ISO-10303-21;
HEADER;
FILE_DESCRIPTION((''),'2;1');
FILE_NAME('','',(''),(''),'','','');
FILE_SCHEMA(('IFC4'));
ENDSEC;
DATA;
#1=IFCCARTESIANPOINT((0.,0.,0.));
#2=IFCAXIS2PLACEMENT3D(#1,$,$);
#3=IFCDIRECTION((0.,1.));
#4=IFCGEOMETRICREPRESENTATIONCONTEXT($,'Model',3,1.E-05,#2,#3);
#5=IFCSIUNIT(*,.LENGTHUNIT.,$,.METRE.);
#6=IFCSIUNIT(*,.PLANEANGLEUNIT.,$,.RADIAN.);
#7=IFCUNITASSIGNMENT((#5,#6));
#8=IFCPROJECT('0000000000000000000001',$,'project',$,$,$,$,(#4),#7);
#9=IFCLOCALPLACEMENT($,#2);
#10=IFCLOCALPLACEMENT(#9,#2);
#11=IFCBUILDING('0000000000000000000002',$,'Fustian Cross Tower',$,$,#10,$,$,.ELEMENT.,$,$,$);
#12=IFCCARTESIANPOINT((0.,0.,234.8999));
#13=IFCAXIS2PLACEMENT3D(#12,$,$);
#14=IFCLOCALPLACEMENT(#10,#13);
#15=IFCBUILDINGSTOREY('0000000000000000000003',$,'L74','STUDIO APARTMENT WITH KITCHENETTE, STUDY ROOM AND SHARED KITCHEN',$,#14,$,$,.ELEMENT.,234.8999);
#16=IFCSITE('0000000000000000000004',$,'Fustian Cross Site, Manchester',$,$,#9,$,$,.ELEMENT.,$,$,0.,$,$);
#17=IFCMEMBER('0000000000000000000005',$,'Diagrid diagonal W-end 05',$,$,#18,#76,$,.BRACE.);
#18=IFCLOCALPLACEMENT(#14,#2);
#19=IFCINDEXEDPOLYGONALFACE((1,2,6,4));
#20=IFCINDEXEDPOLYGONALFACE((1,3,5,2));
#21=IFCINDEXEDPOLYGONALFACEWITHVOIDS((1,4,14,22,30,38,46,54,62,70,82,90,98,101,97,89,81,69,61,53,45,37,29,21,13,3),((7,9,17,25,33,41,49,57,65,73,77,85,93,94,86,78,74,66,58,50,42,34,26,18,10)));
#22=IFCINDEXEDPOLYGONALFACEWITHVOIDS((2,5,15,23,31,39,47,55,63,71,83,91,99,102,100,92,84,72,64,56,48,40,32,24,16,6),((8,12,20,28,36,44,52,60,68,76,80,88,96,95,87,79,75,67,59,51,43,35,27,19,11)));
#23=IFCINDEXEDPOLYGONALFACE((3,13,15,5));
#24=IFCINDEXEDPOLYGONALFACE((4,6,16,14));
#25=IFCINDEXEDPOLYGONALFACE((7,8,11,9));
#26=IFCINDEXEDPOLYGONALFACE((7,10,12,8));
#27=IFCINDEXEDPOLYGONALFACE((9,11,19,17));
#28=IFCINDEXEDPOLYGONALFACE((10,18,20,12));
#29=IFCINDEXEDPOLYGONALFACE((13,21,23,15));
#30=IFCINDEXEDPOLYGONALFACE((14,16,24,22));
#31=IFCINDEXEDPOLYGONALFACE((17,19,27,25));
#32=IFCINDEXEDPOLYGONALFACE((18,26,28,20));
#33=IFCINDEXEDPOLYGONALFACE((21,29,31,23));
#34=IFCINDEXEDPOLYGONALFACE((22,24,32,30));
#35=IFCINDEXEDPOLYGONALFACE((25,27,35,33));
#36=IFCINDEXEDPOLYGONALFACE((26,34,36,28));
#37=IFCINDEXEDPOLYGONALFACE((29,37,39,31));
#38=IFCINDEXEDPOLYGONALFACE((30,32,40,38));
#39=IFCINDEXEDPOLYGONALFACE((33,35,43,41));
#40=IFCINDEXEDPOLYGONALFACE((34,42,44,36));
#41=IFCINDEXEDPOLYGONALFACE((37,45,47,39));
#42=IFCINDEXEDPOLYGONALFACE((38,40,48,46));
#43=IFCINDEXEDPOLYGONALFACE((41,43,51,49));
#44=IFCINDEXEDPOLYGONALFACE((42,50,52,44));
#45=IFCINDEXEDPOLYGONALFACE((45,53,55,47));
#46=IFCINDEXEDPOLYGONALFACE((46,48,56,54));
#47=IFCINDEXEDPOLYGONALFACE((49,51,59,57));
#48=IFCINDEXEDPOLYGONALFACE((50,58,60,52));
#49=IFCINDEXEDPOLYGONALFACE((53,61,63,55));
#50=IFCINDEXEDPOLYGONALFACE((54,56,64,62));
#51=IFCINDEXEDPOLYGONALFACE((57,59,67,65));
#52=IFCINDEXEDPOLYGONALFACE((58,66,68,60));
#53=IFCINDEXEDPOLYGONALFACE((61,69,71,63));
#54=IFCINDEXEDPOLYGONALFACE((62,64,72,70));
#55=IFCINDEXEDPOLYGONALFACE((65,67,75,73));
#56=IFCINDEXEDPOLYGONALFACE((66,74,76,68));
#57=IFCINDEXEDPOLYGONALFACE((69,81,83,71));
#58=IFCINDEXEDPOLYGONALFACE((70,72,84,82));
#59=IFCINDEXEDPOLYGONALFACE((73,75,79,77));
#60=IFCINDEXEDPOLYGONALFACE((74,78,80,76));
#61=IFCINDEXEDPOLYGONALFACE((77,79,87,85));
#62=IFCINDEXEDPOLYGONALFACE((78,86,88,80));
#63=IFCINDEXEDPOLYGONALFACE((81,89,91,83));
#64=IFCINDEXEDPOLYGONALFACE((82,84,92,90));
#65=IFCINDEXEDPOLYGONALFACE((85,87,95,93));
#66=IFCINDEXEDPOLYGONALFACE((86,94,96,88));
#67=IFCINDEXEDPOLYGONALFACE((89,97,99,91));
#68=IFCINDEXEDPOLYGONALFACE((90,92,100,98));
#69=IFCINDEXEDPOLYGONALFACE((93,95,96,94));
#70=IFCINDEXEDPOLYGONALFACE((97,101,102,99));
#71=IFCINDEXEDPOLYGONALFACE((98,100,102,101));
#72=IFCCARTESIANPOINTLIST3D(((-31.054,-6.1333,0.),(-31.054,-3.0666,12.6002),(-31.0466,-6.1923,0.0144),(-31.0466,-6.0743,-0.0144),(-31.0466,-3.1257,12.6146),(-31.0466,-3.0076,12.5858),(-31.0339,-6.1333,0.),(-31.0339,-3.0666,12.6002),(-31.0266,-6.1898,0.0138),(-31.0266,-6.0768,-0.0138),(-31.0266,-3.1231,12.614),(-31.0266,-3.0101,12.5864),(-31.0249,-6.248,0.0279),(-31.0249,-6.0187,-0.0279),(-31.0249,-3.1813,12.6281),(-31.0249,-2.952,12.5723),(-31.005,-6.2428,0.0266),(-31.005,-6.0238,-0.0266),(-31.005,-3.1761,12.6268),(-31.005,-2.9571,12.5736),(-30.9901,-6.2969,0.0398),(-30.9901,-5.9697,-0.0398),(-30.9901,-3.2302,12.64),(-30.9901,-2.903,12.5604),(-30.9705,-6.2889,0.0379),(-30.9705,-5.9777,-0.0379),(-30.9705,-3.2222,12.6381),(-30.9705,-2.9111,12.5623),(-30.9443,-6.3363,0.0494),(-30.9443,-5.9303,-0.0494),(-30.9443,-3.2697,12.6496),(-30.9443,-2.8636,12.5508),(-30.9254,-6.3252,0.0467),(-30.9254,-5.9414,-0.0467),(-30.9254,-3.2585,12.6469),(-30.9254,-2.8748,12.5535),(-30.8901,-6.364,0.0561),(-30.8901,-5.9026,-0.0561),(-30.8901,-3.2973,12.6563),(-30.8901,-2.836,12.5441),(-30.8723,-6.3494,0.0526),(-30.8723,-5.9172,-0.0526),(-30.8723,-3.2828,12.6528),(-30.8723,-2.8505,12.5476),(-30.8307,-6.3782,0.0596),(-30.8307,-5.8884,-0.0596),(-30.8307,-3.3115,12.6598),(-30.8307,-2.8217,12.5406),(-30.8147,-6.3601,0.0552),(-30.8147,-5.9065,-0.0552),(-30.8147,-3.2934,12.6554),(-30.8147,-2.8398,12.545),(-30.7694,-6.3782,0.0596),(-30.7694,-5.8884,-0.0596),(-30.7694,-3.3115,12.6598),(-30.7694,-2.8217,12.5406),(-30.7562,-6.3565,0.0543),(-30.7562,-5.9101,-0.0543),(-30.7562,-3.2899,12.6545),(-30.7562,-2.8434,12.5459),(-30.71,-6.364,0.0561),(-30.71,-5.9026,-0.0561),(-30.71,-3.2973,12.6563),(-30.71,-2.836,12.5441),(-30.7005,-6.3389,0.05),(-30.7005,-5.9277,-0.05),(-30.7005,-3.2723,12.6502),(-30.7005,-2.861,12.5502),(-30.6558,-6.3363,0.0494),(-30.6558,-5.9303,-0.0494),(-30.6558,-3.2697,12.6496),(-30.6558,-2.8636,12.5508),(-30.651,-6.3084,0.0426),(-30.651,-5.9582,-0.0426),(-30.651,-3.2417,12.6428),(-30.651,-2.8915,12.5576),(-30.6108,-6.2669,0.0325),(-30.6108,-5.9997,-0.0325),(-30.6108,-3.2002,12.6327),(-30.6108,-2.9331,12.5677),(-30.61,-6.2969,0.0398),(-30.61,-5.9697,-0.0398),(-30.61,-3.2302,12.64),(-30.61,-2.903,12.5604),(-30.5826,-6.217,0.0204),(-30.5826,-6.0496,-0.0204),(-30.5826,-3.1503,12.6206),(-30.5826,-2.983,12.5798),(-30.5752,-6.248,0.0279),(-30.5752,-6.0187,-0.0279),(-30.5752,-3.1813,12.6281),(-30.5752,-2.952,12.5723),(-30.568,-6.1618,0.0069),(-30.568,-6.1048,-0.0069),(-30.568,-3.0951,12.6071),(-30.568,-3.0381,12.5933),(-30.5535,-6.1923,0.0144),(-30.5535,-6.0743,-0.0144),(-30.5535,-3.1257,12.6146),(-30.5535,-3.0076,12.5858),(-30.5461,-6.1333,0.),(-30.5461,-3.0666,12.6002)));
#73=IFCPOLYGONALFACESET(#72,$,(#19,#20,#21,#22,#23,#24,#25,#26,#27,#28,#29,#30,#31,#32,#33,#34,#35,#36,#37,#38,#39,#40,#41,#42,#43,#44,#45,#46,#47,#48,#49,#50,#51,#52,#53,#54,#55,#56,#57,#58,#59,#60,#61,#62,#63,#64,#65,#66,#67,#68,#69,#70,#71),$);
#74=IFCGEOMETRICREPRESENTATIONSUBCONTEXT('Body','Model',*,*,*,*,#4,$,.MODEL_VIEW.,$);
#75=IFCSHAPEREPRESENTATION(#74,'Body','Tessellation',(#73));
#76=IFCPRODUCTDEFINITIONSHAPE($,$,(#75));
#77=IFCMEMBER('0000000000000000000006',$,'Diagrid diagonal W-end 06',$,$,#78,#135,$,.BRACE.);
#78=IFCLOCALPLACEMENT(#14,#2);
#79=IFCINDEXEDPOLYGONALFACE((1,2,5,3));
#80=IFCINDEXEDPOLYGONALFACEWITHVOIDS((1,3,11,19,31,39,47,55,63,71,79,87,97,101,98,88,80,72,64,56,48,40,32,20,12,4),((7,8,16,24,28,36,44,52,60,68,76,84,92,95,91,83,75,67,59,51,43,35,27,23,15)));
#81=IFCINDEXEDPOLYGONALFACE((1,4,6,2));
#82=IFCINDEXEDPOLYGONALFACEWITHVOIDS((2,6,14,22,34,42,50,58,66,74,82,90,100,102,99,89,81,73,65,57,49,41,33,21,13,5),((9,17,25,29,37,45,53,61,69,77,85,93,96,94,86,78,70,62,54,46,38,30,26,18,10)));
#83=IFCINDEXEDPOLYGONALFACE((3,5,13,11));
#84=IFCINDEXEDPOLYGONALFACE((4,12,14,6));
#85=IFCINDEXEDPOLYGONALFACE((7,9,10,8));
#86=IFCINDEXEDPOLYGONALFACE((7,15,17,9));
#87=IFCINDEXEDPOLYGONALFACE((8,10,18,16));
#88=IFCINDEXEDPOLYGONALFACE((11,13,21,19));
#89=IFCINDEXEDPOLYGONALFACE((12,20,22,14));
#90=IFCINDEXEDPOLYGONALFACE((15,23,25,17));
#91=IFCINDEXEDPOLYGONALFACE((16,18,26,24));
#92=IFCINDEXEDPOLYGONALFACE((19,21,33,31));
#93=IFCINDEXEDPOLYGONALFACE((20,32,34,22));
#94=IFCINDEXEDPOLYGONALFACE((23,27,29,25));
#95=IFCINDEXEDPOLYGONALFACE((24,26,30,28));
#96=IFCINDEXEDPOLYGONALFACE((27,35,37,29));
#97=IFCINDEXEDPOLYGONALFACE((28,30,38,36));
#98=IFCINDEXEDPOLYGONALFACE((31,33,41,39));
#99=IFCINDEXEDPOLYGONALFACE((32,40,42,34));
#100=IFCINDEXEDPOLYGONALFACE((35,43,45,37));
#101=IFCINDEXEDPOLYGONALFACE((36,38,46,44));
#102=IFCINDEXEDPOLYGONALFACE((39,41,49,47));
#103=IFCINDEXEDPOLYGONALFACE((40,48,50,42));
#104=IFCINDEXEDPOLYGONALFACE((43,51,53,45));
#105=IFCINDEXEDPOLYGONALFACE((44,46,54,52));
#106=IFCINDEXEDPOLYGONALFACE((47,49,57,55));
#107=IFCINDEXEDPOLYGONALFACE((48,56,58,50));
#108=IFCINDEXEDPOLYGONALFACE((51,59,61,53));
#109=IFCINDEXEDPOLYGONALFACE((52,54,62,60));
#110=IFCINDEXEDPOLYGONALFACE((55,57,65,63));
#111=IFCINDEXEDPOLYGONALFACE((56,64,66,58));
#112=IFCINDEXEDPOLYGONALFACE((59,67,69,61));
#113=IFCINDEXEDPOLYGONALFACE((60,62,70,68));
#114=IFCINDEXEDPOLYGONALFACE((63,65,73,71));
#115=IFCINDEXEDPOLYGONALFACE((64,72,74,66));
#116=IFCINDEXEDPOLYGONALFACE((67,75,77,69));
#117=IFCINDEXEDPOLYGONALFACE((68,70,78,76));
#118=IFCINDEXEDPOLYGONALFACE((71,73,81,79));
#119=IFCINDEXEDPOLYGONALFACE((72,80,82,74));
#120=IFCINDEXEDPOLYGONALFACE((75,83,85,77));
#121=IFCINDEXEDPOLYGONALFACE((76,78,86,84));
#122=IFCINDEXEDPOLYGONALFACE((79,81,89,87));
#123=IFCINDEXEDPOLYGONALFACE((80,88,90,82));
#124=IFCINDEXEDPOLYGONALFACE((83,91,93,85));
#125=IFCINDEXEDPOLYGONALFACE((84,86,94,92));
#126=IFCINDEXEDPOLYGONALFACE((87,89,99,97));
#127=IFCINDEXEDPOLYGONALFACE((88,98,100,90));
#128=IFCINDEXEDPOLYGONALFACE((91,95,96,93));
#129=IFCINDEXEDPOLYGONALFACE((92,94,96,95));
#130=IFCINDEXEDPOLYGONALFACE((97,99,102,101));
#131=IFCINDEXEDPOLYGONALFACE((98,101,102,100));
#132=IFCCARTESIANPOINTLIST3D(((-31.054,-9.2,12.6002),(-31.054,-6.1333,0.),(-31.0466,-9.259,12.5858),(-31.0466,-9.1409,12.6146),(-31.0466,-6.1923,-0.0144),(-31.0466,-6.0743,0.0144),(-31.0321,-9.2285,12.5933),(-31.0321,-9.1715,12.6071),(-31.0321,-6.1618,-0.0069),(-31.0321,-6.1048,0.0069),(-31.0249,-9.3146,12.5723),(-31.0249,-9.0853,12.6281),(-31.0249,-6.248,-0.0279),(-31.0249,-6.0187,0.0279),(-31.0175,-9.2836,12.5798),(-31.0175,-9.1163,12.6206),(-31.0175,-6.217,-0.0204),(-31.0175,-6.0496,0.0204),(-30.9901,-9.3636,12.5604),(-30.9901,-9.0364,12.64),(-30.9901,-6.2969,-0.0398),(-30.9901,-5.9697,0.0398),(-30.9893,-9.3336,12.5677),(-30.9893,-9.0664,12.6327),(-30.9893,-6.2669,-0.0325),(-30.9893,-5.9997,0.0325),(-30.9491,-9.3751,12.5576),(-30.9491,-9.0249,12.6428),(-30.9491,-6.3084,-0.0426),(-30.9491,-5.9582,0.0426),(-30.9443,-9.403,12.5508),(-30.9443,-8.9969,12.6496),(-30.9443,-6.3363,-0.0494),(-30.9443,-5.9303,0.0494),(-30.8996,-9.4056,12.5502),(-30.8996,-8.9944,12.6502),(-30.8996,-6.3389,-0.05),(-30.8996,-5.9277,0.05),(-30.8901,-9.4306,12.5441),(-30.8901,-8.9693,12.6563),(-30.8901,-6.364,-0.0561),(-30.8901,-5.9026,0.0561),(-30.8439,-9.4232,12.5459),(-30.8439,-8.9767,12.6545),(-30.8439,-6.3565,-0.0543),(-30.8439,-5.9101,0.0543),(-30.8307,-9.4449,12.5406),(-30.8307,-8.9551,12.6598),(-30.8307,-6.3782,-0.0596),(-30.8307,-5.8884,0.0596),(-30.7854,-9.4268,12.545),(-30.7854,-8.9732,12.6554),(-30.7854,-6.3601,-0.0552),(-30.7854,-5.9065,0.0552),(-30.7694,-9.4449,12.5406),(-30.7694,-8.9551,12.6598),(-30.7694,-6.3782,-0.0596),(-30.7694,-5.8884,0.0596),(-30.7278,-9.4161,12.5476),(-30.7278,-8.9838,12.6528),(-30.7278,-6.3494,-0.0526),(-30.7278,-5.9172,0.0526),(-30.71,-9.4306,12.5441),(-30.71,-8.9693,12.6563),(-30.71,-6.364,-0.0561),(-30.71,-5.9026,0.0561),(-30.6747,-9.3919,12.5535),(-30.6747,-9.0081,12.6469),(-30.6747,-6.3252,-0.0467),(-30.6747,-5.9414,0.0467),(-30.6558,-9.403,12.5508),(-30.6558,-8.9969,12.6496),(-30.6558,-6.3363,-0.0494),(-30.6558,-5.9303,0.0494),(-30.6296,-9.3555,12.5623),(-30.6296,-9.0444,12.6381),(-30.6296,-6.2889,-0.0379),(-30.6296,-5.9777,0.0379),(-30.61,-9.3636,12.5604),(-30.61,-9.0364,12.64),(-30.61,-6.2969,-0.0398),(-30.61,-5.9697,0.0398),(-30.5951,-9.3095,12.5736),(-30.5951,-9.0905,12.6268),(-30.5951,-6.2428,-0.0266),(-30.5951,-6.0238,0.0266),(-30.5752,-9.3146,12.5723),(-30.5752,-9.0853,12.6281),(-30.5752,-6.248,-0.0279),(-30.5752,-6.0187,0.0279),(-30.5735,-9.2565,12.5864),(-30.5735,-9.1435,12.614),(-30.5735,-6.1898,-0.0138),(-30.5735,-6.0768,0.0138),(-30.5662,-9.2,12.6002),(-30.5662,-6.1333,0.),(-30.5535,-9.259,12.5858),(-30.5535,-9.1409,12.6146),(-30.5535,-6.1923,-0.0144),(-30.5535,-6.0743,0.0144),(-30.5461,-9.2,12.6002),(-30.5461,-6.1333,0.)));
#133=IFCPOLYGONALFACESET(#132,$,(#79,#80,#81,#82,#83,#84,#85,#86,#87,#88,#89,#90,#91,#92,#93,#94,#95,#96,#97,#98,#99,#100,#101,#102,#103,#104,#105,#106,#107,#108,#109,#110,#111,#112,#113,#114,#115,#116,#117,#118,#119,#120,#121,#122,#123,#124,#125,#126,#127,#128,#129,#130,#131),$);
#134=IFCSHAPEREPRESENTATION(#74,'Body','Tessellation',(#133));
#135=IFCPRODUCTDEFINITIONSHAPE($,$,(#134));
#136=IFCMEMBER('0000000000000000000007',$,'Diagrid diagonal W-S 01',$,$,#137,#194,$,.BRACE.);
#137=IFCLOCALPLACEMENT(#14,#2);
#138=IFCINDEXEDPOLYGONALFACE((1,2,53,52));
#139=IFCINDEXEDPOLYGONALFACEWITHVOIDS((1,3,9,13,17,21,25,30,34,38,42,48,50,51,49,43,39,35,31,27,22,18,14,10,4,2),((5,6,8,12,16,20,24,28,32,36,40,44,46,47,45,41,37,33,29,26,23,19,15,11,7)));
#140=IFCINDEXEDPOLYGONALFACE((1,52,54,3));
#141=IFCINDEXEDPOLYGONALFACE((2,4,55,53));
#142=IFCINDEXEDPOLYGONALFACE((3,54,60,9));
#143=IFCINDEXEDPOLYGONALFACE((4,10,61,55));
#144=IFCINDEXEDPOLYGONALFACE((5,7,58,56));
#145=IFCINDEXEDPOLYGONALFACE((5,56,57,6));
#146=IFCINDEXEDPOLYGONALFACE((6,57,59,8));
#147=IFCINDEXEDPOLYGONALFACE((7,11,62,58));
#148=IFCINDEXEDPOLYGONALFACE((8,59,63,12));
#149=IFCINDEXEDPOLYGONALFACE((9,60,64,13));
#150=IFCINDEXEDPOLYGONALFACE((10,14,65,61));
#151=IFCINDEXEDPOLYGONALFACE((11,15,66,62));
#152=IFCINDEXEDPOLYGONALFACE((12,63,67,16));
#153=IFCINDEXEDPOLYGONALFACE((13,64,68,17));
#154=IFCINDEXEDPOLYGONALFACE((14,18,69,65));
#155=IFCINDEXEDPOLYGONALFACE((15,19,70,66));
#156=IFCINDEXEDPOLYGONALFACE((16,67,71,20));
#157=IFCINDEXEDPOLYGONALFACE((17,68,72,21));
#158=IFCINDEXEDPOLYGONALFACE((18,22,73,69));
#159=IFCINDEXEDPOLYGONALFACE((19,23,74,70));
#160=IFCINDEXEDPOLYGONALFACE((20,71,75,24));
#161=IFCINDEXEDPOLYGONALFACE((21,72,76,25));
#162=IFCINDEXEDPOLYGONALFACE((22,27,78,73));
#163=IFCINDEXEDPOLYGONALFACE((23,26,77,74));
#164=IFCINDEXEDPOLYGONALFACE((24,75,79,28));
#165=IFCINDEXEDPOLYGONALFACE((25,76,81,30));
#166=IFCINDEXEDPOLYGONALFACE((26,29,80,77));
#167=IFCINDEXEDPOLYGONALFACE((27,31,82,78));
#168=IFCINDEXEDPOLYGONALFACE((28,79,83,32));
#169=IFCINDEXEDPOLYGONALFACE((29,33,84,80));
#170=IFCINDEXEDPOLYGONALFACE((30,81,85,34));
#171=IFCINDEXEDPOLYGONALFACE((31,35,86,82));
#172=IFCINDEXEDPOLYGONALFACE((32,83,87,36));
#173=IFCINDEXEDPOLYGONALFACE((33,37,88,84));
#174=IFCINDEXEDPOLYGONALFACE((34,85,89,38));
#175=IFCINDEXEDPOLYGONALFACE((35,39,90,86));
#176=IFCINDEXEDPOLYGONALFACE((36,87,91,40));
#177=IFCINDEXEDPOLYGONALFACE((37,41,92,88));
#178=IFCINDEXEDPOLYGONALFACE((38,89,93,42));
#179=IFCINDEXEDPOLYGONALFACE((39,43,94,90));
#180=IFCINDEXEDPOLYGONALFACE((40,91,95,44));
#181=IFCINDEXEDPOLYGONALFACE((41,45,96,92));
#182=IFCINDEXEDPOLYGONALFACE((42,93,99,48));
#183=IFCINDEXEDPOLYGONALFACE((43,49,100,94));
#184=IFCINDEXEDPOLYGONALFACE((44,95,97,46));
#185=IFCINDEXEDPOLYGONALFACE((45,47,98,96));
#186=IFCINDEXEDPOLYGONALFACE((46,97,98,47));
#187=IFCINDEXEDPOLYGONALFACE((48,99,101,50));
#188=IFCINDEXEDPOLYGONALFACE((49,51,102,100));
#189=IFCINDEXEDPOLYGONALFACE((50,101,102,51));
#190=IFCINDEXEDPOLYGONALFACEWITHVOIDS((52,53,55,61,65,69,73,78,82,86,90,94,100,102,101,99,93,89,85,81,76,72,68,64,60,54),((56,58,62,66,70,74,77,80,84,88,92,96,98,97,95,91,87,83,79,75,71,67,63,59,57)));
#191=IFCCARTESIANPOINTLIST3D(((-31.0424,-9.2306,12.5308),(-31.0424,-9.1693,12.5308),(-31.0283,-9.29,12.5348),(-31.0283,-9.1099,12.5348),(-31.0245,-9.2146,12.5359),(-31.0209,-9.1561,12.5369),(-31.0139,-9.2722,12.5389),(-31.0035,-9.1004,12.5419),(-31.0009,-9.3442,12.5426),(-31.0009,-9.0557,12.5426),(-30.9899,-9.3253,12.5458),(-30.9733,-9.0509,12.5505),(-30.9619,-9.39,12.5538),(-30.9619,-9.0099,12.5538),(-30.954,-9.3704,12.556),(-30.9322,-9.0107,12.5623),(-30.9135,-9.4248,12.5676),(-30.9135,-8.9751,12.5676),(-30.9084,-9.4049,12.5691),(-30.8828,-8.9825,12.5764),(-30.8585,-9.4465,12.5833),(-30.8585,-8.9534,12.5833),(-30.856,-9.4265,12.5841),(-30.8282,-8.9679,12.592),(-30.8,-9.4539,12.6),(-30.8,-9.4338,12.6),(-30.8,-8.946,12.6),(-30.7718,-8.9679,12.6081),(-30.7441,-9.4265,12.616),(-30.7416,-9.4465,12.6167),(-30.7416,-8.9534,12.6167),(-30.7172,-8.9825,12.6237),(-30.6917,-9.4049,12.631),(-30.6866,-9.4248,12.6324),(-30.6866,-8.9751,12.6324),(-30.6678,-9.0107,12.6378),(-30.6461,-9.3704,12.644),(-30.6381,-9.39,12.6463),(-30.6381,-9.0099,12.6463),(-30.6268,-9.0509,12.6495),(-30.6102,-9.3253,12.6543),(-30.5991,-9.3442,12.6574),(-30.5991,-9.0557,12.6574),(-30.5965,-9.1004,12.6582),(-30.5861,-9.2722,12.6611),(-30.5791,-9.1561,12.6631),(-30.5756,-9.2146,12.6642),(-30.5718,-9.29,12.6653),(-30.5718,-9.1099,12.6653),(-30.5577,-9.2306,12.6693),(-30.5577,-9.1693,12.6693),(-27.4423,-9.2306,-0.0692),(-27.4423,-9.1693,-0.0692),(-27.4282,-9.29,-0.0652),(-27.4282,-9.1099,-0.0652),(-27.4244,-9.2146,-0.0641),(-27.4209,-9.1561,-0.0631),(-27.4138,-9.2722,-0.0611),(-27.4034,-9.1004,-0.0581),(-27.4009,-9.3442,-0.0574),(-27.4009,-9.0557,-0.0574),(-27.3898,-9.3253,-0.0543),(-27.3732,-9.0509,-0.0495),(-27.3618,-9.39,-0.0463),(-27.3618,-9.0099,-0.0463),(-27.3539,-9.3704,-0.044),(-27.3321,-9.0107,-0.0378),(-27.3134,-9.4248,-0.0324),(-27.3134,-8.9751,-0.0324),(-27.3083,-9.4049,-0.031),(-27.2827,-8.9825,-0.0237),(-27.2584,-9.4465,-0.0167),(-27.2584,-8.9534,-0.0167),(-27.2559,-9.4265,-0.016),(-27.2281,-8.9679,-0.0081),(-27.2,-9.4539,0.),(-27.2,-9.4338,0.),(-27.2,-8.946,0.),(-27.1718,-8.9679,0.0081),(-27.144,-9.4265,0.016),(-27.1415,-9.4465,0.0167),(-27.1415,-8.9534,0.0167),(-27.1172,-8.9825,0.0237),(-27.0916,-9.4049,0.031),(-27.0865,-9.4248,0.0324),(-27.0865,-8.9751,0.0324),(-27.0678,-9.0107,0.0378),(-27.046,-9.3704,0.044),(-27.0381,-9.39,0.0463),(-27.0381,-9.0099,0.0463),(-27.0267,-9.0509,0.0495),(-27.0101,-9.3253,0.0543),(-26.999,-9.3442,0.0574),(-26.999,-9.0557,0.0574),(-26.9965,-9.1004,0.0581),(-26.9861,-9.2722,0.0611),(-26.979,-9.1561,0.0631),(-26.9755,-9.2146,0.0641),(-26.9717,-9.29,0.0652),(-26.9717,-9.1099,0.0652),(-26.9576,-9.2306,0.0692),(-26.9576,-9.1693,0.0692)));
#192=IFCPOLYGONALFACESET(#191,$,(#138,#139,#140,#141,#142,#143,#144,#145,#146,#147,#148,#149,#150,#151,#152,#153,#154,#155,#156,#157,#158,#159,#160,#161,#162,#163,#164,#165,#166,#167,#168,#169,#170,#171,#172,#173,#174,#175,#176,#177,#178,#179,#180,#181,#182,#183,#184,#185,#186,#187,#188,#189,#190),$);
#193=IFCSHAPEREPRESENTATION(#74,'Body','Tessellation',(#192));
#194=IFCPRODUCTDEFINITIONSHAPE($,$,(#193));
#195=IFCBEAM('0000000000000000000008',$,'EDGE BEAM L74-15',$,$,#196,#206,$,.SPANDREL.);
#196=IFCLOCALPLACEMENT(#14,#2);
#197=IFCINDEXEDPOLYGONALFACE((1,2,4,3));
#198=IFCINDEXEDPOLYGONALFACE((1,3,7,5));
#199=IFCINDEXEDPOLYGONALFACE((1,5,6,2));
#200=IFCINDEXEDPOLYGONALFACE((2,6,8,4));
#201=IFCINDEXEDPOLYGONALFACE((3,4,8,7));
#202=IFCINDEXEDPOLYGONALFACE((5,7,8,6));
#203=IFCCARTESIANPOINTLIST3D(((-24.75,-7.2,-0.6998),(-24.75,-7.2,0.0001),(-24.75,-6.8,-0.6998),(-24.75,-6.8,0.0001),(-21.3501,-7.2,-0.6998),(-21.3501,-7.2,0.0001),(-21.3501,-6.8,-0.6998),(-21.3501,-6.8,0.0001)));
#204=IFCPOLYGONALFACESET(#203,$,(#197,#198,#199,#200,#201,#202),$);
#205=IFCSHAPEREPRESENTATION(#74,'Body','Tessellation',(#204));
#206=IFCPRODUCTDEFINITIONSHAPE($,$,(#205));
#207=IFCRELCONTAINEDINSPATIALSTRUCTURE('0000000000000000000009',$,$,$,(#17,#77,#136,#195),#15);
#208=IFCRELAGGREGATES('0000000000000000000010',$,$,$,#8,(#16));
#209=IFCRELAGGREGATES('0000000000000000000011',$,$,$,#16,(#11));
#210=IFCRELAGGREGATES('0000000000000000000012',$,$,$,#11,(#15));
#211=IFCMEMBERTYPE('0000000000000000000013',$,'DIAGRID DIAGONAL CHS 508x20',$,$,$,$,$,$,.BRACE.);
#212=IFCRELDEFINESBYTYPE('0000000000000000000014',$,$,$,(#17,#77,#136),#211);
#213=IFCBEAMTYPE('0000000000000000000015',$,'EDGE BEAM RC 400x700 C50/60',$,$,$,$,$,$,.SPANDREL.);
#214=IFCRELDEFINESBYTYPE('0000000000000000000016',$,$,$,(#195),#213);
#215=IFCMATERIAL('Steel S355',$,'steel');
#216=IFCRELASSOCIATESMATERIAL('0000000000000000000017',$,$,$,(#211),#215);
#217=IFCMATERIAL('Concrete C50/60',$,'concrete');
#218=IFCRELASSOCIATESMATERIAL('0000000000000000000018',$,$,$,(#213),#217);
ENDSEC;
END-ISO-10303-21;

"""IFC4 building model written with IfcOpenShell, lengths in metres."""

from ifc_helpers import new_model, si_unit, direction, frame, origin, origin_2d, place, context, subcontext, project, spatial, rectangle, hollow_circle, extrude, material, material_profile, profile_set, type_object, element, save


model = new_model("IFC4")

# Units and contexts
model_context = context("Model", 3, precision=1e-05, world=origin(), true_north=direction((0.0, 1.0)))
body_context = subcontext(model_context, "Body", "Model", "MODEL_VIEW")
ifc_project = project(units=[si_unit("LENGTHUNIT", "METRE"), si_unit("PLANEANGLEUNIT", "RADIAN")], contexts=[model_context])

# Site, building, storey
site_placement = place(None, origin())
site = spatial("IfcSite", under=ifc_project, at=site_placement, Name="Fustian Cross Site, Manchester", CompositionType="ELEMENT", RefElevation=0.0)
building_placement = place(site_placement, origin())
building = spatial("IfcBuilding", under=site, at=building_placement, Name="Fustian Cross Tower", CompositionType="ELEMENT")
storey_placement = place(building_placement, frame((0.0, 0.0, 234.8999)))
storey = spatial("IfcBuildingStorey", under=building, at=storey_placement, Name="L74", Description="STUDIO APARTMENT WITH KITCHENETTE, STUDY ROOM AND SHARED KITCHEN", CompositionType="ELEMENT", Elevation=234.8999)

# Members
ifc_material_1 = material(Name="Steel S355", Category="steel")
ifc_material_profile_1 = material_profile(ifc_material_1, hollow_circle(Radius=0.2539, WallThickness=0.02, at=origin_2d()), Name="CHS 508x20")
ifc_profile_set_1 = profile_set([ifc_material_profile_1], Name="Steel S355")
member_type_1 = type_object("IfcMemberType", Name="DIAGRID DIAGONAL CHS 508x20", PredefinedType="BRACE", material=ifc_profile_set_1)
for number, where, z_axis, x_axis, name in (
    (1, (-30.8, -6.1333, 0.0), (0.0, 0.23648, 0.971636), (-1.0, 0.0, 0.0), "Diagrid diagonal W-end 05"),
    (2, (-30.8, -6.1333, 0.0), (0.0, -0.23648, 0.971636), (1.0, 0.0, 0.0), "Diagrid diagonal W-end 06"),
):
    element("IfcMember", number, at=place(storey_placement, frame(where, z_axis=z_axis, x_axis=x_axis)), inside=storey, type_object=member_type_1, Name=name, PredefinedType="BRACE", context=body_context, shape_type="SweptSolid", body=[
        extrude(hollow_circle(Radius=0.2539, WallThickness=0.02, at=origin_2d()), origin(), (0.0, 0.0, 1.0), 12.968),
    ])
member_1_placement = place(storey_placement, frame((-27.2, -9.2, 0.0), z_axis=(-0.274726, 0.0, 0.961523), x_axis=(0.0, -1.0, 0.0)))
element("IfcMember", 3, at=member_1_placement, inside=storey, type_object=member_type_1, Name="Diagrid diagonal W-S 01", PredefinedType="BRACE", context=body_context, shape_type="SweptSolid", body=[
    extrude(hollow_circle(Radius=0.2539, WallThickness=0.02, at=origin_2d()), origin(), (0.0, 0.0, 1.0), 13.1042),
])

# Beam
ifc_material_2 = material(Name="Concrete C50/60", Category="concrete")
ifc_material_profile_2 = material_profile(ifc_material_2, rectangle(XDim=0.3999, YDim=0.7, at=origin_2d()), Name="RC 400x700")
ifc_profile_set_2 = profile_set([ifc_material_profile_2], Name="Concrete C50/60")
beam_type = type_object("IfcBeamType", Name="EDGE BEAM RC 400x700 C50/60", PredefinedType="SPANDREL", material=ifc_profile_set_2)
beam_placement = place(storey_placement, frame((-24.75, -7.0, -0.3499), z_axis=(1.0, 0.0, 0.0), x_axis=(0.0, 1.0, 0.0)))
element("IfcBeam", 4, at=beam_placement, inside=storey, type_object=beam_type, Name="EDGE BEAM L74-15", PredefinedType="SPANDREL", context=body_context, shape_type="SweptSolid", body=[
    extrude(rectangle(XDim=0.3999, YDim=0.7, at=origin_2d()), origin(), (0.0, 0.0, 1.0), 3.3999),
])

save(model, "model.ifc")
